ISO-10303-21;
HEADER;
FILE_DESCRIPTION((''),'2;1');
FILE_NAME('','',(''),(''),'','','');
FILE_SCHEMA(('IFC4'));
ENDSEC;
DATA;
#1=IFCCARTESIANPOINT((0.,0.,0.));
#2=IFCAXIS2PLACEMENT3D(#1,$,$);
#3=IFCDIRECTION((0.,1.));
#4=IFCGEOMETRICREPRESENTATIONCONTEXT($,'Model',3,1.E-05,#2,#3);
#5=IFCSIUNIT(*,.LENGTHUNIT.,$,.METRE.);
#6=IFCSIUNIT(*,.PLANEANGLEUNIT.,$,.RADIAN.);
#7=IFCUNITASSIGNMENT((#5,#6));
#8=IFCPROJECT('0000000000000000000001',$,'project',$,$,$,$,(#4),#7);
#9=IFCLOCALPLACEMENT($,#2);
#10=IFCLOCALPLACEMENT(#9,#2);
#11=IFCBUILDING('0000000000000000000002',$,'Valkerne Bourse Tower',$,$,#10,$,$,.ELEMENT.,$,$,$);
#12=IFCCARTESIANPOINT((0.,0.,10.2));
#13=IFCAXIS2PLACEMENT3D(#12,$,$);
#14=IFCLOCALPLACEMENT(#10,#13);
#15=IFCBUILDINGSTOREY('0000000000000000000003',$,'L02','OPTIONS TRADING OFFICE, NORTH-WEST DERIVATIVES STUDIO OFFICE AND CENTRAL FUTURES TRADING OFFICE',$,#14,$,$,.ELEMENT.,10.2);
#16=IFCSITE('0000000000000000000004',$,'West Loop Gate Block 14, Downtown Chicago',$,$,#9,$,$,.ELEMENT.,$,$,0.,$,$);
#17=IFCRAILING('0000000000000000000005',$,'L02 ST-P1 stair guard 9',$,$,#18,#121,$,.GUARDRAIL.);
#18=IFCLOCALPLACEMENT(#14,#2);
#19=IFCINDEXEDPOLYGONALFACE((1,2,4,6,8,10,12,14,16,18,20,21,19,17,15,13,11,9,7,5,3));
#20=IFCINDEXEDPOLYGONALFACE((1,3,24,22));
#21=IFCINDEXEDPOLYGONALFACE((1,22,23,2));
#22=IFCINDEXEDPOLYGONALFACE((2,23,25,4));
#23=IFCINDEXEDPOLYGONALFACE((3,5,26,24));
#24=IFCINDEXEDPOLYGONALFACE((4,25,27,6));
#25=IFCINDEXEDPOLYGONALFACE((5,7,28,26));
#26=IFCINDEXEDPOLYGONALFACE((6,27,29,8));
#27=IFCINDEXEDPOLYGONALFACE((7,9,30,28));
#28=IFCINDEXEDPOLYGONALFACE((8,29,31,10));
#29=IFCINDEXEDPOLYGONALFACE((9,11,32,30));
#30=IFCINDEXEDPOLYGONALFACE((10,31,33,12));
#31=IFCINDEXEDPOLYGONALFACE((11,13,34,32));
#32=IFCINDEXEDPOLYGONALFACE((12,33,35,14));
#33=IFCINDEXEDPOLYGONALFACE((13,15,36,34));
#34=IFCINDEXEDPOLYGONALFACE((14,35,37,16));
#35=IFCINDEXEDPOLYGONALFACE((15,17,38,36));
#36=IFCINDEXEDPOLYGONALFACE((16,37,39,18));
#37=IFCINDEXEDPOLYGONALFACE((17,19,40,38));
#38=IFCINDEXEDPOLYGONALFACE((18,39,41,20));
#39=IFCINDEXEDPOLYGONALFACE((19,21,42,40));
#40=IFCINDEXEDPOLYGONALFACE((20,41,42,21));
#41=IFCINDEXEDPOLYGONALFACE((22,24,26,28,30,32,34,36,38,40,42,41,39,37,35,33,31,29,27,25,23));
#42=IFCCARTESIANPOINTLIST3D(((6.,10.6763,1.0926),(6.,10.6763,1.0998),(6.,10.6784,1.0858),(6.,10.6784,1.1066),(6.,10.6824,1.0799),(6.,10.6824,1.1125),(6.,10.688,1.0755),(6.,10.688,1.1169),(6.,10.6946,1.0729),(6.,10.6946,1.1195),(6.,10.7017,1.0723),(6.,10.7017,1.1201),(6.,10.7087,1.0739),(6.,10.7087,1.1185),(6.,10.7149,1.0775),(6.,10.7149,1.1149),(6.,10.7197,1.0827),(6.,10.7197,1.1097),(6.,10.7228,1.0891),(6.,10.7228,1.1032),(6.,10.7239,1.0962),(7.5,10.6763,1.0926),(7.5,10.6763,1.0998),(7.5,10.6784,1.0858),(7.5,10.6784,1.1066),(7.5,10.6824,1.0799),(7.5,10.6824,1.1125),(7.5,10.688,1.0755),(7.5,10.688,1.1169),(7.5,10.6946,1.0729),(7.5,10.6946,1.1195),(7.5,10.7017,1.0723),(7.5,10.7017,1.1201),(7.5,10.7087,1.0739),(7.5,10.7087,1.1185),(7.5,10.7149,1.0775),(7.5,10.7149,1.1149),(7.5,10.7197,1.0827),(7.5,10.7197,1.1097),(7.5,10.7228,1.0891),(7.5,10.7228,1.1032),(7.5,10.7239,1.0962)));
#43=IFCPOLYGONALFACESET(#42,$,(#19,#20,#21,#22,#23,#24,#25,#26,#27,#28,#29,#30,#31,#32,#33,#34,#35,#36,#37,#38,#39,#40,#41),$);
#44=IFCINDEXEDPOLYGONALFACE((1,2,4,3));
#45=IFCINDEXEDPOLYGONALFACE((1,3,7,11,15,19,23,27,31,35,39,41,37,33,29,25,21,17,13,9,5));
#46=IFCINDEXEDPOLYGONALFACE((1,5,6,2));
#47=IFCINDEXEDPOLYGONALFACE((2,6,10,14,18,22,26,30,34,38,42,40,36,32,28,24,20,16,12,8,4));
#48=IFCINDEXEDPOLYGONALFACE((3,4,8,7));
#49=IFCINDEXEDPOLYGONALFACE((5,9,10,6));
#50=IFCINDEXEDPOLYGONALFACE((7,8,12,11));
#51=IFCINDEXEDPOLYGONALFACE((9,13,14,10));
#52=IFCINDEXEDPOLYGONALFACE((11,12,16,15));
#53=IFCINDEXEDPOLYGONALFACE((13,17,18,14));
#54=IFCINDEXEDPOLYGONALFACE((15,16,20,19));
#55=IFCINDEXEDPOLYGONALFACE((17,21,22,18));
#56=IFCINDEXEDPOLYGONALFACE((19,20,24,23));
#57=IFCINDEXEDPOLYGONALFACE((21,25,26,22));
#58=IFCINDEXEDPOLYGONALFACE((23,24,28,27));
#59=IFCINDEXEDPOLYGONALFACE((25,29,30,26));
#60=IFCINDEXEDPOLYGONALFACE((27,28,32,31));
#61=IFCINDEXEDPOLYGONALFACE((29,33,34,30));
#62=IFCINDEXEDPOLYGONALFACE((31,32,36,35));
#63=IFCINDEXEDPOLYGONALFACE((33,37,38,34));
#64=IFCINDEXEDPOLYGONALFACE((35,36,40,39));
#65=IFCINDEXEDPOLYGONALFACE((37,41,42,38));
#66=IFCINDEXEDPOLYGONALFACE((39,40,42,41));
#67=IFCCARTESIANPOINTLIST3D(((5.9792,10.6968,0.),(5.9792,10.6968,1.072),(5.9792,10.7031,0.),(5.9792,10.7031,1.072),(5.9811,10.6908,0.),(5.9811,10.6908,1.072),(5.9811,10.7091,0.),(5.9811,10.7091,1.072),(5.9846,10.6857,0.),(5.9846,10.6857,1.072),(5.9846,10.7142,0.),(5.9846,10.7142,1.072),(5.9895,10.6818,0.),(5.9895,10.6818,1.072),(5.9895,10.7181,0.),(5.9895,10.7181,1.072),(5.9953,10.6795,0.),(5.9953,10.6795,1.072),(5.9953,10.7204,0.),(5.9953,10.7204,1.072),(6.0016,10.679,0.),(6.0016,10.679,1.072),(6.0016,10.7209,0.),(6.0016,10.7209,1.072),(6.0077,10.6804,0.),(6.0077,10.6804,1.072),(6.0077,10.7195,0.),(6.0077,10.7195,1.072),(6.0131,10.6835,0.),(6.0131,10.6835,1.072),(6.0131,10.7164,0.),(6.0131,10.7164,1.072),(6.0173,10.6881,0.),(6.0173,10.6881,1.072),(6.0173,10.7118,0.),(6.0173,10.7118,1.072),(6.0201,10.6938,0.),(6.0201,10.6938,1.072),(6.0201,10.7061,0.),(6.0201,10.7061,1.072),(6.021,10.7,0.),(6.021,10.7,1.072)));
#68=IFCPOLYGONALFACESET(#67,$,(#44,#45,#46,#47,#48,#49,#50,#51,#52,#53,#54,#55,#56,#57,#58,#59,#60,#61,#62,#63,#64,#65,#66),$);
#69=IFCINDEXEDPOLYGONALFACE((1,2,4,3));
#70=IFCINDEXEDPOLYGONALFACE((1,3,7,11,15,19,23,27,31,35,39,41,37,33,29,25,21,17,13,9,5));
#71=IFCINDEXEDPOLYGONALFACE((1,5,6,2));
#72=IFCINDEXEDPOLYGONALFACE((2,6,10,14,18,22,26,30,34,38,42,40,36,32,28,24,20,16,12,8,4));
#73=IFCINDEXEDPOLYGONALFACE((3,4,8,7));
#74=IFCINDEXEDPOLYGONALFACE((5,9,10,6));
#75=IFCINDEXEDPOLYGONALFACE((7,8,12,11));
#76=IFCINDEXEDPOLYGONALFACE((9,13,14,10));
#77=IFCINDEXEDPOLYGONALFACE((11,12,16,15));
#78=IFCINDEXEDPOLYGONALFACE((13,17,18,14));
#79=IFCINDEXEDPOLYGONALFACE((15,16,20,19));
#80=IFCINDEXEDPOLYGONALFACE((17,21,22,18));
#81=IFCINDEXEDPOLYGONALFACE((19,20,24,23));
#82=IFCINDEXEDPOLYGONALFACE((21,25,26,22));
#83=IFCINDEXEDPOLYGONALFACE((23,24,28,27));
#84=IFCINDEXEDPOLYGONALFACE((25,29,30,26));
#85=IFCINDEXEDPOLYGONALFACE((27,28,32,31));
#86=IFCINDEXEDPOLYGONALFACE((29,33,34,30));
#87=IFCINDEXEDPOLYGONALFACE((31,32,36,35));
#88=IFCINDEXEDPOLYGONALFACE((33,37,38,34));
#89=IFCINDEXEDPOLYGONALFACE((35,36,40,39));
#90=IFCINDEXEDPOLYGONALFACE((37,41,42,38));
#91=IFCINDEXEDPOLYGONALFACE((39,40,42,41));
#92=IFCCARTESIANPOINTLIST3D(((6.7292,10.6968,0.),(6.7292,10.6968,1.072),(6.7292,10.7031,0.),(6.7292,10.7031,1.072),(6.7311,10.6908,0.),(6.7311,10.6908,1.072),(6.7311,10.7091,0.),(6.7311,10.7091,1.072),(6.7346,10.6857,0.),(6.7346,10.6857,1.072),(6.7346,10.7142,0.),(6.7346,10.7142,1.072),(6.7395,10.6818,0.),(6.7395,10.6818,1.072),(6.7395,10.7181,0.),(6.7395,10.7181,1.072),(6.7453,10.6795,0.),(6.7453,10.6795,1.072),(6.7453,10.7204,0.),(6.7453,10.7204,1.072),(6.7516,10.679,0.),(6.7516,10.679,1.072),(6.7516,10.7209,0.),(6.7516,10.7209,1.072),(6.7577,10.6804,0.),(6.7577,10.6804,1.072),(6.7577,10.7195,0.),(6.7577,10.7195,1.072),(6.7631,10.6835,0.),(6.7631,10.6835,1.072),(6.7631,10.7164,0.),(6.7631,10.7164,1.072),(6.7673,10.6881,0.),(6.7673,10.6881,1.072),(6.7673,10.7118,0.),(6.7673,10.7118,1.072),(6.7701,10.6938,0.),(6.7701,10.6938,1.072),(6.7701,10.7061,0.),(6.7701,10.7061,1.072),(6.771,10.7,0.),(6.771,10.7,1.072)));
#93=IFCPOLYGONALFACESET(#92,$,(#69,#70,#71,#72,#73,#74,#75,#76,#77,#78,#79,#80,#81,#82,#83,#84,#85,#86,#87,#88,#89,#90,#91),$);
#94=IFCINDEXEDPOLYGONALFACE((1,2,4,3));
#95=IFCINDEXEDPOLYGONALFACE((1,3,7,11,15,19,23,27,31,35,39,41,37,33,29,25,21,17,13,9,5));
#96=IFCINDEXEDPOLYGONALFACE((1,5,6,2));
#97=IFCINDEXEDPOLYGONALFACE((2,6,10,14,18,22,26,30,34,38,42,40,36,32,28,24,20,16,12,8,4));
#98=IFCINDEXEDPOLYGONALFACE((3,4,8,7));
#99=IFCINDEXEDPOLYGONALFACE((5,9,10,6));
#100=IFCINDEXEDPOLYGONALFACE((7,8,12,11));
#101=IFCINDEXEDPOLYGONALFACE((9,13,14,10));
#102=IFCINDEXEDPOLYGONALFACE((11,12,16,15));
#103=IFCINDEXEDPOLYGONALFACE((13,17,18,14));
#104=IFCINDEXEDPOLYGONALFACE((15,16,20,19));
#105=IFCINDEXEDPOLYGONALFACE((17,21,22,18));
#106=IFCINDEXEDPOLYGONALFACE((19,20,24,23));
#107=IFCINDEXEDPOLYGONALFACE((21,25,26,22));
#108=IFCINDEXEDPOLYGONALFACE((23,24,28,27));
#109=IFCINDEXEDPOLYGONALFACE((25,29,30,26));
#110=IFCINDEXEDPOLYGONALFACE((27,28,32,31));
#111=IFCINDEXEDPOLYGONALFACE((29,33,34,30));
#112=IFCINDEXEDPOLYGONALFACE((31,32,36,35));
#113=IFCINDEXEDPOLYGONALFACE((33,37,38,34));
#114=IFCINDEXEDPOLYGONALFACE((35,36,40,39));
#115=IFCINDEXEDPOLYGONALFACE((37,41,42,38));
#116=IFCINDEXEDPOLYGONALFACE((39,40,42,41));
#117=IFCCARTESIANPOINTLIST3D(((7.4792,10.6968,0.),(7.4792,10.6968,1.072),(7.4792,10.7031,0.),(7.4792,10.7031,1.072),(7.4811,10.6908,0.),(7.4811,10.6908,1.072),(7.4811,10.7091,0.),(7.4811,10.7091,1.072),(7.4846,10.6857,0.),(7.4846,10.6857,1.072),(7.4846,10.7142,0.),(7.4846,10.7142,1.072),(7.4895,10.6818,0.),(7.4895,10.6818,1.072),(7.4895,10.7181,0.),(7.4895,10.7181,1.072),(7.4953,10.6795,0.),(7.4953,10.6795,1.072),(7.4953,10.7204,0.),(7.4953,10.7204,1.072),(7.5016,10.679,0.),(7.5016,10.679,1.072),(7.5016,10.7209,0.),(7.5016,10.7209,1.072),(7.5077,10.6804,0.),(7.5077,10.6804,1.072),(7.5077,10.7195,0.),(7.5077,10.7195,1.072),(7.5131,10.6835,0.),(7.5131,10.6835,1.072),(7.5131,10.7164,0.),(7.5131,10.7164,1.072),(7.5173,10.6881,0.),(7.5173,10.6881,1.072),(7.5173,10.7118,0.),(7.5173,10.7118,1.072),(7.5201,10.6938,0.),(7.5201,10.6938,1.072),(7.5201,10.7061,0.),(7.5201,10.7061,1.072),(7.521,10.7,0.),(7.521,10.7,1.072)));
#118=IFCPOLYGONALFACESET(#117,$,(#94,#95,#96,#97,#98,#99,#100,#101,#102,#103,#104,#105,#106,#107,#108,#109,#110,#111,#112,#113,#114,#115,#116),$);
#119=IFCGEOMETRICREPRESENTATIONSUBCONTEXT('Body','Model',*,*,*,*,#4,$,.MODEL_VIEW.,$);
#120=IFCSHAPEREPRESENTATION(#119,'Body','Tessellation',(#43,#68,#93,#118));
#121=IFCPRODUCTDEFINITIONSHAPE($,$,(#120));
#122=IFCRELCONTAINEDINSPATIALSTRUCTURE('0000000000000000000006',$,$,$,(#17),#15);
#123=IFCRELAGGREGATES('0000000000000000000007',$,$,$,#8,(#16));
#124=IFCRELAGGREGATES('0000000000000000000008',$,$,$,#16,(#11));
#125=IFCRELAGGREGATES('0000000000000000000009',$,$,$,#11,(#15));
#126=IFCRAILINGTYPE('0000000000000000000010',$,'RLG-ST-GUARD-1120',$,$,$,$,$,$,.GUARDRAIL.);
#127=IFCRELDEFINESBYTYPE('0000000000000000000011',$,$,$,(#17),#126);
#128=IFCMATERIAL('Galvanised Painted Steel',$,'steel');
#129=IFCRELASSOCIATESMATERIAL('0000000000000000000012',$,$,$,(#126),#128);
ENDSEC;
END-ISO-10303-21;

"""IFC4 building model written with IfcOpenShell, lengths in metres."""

from ifc_helpers import new_model, si_unit, direction, frame, origin, origin_2d, place, context, subcontext, project, spatial, circle, extrude, material, type_object, element, save


model = new_model("IFC4")

# Units and contexts
model_context = context("Model", 3, precision=1e-05, world=origin(), true_north=direction((0.0, 1.0)))
body_context = subcontext(model_context, "Body", "Model", "MODEL_VIEW")
ifc_project = project(units=[si_unit("LENGTHUNIT", "METRE"), si_unit("PLANEANGLEUNIT", "RADIAN")], contexts=[model_context])

# Site, building, storey
site_placement = place(None, origin())
site = spatial("IfcSite", under=ifc_project, at=site_placement, Name="West Loop Gate Block 14, Downtown Chicago", CompositionType="ELEMENT", RefElevation=0.0)
building_placement = place(site_placement, origin())
building = spatial("IfcBuilding", under=site, at=building_placement, Name="Valkerne Bourse Tower", CompositionType="ELEMENT")
storey_placement = place(building_placement, frame((0.0, 0.0, 10.2)))
storey = spatial("IfcBuildingStorey", under=building, at=storey_placement, Name="L02", Description="OPTIONS TRADING OFFICE, NORTH-WEST DERIVATIVES STUDIO OFFICE AND CENTRAL FUTURES TRADING OFFICE", CompositionType="ELEMENT", Elevation=10.2)

# Shared definitions
ifc_material_1 = material(Name="Galvanised Painted Steel", Category="steel")

# Railing
railing_type_1 = type_object("IfcRailingType", Name="RLG-ST-GUARD-1120", PredefinedType="GUARDRAIL", material=ifc_material_1)
railing_1_placement = place(storey_placement, frame((6.0, 10.7, 0.0)))
element("IfcRailing", 1, at=railing_1_placement, inside=storey, type_object=railing_type_1, Name="L02 ST-P1 stair guard 9", PredefinedType="GUARDRAIL", context=body_context, shape_type="SweptSolid", body=[
    extrude(circle(Radius=0.0239, at=origin_2d()), frame((0.0, 0.0, 1.0962), z_axis=(1.0, 0.0, 0.0), x_axis=(0.0, 1.0, 0.0)), (0.0, 0.0, 1.0), 1.5),
    extrude(circle(Radius=0.021, at=origin_2d()), origin(), (0.0, 0.0, 1.0), 1.072),
    extrude(circle(Radius=0.021, at=origin_2d()), frame((0.75, 0.0, 0.0)), (0.0, 0.0, 1.0), 1.072),
    extrude(circle(Radius=0.021, at=origin_2d()), frame((1.5, 0.0, 0.0)), (0.0, 0.0, 1.0), 1.072),
])

save(model, "model.ifc")
